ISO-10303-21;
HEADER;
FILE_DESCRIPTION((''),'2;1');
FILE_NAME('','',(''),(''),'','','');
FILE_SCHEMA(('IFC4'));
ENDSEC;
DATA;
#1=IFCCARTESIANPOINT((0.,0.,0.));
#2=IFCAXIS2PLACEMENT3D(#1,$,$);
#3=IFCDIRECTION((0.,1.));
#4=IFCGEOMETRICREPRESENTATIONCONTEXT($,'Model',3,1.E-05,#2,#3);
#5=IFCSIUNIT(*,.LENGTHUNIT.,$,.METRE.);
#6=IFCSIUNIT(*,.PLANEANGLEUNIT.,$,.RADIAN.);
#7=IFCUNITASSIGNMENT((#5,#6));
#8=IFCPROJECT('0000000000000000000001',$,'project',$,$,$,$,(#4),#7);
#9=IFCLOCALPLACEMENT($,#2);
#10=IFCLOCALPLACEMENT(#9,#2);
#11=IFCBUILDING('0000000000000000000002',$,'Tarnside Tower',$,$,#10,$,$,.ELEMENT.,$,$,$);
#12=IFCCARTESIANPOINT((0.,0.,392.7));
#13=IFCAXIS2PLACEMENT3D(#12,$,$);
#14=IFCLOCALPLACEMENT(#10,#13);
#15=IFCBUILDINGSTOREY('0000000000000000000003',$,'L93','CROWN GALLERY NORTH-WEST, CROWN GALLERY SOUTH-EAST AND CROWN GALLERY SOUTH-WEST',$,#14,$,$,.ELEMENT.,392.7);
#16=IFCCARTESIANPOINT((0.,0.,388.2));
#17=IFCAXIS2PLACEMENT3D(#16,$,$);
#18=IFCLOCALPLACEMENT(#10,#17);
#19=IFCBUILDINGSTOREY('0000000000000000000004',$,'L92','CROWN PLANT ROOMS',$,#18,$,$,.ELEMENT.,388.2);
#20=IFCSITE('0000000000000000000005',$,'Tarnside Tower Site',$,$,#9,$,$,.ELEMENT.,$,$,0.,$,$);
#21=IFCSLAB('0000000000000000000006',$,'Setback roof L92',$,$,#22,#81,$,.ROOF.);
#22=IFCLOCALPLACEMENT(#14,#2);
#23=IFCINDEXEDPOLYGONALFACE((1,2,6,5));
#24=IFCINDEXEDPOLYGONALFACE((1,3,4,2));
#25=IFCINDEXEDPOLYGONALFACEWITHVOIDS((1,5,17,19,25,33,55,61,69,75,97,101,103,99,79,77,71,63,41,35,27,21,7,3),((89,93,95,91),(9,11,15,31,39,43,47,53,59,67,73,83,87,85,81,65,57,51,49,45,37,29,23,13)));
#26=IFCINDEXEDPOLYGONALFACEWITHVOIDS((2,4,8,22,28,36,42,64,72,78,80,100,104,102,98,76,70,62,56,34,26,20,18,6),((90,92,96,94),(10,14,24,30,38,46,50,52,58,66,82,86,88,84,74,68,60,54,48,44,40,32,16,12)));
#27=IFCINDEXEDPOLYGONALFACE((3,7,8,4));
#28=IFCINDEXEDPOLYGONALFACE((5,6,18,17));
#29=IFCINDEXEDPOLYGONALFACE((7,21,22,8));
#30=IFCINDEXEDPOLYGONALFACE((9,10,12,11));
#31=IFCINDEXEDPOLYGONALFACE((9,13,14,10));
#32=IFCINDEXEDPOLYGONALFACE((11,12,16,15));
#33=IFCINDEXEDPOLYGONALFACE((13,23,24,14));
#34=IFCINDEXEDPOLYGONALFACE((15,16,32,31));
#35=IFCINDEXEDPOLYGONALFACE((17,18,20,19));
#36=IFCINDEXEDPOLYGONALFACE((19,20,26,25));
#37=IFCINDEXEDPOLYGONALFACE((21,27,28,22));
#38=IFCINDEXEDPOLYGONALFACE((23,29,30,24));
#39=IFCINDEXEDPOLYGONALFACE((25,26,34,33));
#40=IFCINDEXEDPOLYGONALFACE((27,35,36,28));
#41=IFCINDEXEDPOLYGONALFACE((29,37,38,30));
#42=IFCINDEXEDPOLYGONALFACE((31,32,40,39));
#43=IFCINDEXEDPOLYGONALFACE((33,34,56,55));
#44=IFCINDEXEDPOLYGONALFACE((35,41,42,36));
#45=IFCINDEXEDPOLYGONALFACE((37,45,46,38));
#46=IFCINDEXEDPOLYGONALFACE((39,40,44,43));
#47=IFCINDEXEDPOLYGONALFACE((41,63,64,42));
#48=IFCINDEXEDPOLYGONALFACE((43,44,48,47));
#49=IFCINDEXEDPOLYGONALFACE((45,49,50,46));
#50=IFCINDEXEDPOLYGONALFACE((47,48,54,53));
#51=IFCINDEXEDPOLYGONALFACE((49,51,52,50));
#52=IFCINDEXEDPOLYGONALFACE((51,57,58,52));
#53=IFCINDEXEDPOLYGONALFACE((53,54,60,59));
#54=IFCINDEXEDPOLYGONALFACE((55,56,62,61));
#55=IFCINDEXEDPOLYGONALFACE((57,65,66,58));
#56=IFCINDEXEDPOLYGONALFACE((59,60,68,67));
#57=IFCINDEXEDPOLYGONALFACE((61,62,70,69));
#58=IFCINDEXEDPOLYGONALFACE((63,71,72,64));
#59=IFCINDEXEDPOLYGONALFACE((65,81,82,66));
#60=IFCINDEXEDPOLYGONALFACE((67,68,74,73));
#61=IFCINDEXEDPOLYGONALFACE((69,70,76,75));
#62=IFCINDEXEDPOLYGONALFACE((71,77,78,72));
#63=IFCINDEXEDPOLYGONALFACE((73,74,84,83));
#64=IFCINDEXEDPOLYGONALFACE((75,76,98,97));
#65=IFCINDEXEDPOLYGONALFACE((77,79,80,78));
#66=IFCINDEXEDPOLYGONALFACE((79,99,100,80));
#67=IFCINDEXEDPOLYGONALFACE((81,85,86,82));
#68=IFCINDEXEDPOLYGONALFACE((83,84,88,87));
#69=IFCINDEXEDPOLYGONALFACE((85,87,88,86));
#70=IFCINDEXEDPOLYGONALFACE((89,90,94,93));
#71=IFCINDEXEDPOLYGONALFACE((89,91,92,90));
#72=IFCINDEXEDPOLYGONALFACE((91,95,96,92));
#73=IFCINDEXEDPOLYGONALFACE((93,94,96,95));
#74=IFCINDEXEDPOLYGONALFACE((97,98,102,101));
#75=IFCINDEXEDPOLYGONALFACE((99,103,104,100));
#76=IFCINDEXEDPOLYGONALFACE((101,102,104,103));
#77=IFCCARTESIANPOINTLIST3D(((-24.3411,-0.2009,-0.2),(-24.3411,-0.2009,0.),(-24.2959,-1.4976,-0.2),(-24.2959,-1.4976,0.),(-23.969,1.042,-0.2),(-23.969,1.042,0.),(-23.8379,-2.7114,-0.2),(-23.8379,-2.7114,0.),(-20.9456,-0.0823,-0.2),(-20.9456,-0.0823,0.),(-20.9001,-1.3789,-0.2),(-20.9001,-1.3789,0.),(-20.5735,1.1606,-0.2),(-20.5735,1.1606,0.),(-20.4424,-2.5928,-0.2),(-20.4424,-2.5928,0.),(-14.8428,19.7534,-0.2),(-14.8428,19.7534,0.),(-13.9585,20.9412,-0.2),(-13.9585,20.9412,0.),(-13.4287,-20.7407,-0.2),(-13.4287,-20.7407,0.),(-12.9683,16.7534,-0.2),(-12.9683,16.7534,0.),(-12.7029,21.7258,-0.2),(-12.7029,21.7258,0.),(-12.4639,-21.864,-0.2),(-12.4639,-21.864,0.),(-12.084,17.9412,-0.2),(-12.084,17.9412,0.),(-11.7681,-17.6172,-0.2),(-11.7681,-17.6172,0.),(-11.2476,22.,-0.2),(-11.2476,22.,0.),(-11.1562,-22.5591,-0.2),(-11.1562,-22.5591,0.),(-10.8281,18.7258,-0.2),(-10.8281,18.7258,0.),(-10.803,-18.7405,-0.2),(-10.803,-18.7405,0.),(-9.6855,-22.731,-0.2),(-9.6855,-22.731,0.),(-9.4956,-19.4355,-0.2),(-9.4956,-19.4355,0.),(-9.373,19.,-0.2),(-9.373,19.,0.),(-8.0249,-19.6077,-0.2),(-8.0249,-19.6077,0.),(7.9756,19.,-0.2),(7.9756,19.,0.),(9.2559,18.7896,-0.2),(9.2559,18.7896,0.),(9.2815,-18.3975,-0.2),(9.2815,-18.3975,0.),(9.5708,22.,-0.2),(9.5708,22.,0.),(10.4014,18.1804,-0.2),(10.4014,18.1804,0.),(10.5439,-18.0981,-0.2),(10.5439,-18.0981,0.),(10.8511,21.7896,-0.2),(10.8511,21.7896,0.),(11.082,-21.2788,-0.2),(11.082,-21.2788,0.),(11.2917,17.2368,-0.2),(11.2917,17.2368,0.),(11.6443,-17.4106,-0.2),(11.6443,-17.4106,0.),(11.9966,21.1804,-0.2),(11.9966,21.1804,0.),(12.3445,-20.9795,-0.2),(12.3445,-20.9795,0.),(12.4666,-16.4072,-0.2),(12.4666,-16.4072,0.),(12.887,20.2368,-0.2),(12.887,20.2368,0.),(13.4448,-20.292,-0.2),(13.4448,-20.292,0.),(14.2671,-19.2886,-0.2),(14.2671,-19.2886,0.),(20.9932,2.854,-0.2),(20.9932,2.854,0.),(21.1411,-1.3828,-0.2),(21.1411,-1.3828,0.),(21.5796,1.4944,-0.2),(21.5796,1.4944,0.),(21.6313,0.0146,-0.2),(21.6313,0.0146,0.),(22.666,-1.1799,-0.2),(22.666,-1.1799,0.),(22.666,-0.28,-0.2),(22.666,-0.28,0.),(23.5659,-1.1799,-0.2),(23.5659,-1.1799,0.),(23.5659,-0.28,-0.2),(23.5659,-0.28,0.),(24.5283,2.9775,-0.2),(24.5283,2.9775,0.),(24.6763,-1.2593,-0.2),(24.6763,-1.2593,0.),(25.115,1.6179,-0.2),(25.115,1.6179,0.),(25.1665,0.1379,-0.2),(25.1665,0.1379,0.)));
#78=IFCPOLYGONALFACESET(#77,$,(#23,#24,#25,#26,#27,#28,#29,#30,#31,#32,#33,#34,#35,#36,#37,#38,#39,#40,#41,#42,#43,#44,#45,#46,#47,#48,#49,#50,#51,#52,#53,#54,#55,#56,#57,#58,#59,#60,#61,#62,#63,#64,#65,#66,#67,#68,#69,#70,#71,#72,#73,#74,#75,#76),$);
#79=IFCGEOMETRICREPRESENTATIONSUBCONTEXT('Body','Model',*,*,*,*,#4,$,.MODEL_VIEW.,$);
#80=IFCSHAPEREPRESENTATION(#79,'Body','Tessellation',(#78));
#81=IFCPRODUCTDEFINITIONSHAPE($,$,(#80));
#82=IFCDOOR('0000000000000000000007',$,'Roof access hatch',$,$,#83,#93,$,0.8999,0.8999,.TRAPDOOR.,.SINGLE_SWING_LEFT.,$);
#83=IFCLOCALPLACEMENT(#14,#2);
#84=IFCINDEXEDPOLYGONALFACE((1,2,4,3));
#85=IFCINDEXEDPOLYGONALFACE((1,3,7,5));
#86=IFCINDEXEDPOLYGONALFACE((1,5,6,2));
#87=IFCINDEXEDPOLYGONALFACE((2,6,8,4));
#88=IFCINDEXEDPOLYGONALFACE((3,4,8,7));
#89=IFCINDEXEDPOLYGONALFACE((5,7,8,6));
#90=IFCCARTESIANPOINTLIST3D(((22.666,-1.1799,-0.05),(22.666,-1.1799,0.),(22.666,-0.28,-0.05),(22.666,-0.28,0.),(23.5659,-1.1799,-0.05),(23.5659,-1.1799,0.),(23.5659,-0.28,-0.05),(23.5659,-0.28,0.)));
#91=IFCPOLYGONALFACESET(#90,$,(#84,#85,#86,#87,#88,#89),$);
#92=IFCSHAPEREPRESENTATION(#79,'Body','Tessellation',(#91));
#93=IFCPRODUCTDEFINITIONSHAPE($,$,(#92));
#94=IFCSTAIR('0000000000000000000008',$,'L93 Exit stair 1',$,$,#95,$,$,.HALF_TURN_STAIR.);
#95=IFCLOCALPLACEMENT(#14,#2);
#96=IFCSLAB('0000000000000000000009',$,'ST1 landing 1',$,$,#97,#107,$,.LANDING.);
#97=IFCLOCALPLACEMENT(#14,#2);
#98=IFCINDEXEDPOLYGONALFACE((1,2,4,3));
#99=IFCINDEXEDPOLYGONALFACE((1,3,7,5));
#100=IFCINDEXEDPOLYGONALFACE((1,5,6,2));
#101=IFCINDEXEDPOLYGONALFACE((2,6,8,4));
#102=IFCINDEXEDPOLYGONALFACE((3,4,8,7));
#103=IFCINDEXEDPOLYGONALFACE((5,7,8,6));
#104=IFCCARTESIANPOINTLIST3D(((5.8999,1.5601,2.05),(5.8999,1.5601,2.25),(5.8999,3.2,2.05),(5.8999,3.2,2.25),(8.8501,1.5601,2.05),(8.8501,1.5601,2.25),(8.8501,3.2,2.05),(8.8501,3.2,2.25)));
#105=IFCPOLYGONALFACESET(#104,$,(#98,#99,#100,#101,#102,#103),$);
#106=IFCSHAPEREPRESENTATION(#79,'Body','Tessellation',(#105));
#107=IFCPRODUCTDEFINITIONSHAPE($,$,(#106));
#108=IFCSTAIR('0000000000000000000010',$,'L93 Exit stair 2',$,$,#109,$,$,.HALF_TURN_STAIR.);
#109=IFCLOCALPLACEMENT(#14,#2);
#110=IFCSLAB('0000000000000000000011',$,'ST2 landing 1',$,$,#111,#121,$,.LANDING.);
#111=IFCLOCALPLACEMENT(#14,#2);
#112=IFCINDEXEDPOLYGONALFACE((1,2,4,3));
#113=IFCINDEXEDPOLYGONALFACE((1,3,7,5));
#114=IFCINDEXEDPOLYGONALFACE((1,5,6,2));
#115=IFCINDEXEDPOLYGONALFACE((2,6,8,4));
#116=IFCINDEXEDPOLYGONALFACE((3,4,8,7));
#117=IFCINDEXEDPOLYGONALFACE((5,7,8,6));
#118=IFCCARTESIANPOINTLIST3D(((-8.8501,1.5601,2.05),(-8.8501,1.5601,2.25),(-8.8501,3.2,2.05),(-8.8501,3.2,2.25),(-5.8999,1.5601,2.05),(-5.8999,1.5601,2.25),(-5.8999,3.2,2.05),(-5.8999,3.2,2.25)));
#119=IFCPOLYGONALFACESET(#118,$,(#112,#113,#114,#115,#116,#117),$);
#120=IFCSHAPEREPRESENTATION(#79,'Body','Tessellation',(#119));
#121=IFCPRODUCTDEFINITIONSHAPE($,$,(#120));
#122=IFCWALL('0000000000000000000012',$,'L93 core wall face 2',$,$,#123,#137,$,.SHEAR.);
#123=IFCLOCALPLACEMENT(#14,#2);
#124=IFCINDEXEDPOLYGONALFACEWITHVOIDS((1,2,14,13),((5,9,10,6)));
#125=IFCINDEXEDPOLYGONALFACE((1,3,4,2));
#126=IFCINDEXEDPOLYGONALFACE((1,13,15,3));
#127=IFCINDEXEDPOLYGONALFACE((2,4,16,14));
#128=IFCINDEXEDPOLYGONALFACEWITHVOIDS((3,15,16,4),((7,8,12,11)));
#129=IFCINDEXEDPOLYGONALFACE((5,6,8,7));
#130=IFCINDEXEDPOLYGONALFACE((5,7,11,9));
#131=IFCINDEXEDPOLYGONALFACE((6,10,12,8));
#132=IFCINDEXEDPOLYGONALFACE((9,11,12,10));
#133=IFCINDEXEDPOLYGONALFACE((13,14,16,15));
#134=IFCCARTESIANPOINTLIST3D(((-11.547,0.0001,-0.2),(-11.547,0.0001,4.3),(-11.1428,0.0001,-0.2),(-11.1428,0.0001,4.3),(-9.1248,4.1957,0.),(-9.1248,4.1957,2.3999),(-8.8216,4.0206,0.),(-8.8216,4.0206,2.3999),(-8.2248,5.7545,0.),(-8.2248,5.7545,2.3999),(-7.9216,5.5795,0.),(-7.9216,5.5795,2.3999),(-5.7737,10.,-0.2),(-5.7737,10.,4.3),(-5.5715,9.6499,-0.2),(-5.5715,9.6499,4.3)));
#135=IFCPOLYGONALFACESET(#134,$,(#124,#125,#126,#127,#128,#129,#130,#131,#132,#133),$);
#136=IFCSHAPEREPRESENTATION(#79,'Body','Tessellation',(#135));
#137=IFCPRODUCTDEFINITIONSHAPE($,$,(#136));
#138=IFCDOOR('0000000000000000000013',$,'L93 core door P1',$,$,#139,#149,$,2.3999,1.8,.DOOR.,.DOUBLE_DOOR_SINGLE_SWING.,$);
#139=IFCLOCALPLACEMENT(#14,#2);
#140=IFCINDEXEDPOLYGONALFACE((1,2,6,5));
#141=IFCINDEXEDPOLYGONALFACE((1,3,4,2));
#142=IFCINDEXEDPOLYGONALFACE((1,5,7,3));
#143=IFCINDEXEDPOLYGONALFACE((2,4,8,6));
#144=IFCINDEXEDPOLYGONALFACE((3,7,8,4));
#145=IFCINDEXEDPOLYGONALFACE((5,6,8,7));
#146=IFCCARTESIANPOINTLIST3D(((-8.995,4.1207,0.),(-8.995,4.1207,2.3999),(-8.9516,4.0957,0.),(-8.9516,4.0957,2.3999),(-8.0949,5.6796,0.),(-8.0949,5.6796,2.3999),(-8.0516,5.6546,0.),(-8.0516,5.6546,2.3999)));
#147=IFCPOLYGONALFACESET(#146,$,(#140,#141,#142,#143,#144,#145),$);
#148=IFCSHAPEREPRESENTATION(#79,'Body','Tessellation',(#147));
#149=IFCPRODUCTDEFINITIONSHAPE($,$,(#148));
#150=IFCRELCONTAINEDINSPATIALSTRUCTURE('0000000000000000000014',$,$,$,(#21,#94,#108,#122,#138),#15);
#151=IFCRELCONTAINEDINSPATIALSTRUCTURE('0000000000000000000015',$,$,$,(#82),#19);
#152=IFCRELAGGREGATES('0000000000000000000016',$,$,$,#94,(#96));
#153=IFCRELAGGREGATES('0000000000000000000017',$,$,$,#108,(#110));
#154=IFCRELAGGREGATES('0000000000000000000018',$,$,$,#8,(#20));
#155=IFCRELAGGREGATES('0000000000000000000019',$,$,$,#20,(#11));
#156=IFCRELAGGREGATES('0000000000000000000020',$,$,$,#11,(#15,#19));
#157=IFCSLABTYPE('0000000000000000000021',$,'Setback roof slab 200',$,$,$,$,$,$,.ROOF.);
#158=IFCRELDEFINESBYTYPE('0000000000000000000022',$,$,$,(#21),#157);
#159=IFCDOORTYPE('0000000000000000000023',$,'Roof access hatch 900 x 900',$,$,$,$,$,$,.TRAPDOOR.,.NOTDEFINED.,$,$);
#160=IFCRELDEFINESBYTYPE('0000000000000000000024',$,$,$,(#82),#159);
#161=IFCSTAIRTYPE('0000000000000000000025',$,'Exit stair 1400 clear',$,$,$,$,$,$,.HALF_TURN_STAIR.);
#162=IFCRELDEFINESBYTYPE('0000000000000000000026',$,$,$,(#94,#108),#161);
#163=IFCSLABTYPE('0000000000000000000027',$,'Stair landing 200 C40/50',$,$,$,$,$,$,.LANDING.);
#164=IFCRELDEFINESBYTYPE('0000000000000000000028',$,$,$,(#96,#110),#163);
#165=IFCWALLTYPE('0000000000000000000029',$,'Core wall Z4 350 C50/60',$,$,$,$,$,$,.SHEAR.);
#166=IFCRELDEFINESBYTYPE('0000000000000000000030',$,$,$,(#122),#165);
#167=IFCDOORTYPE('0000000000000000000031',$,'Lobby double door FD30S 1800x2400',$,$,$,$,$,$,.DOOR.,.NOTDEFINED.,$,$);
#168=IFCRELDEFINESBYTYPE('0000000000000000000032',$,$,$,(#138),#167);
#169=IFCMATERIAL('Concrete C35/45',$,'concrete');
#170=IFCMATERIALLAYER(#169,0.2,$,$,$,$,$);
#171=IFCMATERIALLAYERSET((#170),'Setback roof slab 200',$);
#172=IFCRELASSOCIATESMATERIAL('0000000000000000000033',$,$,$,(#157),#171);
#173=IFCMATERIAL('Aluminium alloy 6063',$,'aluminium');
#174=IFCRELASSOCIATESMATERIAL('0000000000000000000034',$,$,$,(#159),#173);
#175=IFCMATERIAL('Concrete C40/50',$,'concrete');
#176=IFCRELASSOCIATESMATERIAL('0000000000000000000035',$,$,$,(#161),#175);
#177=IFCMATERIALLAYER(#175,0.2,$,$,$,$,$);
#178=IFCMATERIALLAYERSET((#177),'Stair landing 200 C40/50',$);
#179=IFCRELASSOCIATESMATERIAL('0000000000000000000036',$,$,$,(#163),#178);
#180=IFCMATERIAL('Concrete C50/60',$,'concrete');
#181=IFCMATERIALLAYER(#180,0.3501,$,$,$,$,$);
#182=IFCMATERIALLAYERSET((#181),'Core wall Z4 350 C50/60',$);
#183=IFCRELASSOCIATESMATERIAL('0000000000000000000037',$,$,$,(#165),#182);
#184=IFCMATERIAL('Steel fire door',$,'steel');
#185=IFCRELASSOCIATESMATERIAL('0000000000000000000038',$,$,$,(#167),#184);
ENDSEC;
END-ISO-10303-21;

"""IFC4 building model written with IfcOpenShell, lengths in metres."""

from ifc_helpers import new_model, si_unit, direction, frame, frame_2d, origin, origin_2d, place, context, subcontext, project, spatial, polyline, rectangle, outline, extrude, material, layer, layer_set, type_object, element, fill, aggregate, save


model = new_model("IFC4")

# Units and contexts
model_context = context("Model", 3, precision=1e-05, world=origin(), true_north=direction((0.0, 1.0)))
body_context = subcontext(model_context, "Body", "Model", "MODEL_VIEW")
ifc_project = project(units=[si_unit("LENGTHUNIT", "METRE"), si_unit("PLANEANGLEUNIT", "RADIAN")], contexts=[model_context])

# Site, building, storey
site_placement = place(None, origin())
site = spatial("IfcSite", under=ifc_project, at=site_placement, Name="Tarnside Tower Site", CompositionType="ELEMENT", RefElevation=0.0)
building_placement = place(site_placement, origin())
building = spatial("IfcBuilding", under=site, at=building_placement, Name="Tarnside Tower", CompositionType="ELEMENT")
storey_1_placement = place(building_placement, frame((0.0, 0.0, 392.7)))
storey_1 = spatial("IfcBuildingStorey", under=building, at=storey_1_placement, Name="L93", Description="CROWN GALLERY NORTH-WEST, CROWN GALLERY SOUTH-EAST AND CROWN GALLERY SOUTH-WEST", CompositionType="ELEMENT", Elevation=392.7)

# Shared definitions
ifc_material_1 = material(Name="Concrete C35/45", Category="concrete")
ifc_material_2 = material(Name="Concrete C40/50", Category="concrete")

# Slab, opening
ifc_layer_1 = layer(ifc_material_1, 0.2)
ifc_layer_set_1 = layer_set([ifc_layer_1], Name="Setback roof slab 200")
slab_type_1 = type_object("IfcSlabType", Name="Setback roof slab 200", PredefinedType="ROOF", material=ifc_layer_set_1)
slab_1_placement = place(storey_1_placement, frame((0.0, 0.0, -0.2)))
slab_1 = element("IfcSlab", 1, at=slab_1_placement, inside=storey_1, type_object=slab_type_1, Name="Setback roof L92", PredefinedType="ROOF", context=body_context, shape_type="SweptSolid", body=[
    extrude(outline(polyline([(10.8511, 21.7896), (11.9966, 21.1804), (12.887, 20.2368), (24.5283, 2.9775), (25.115, 1.6179), (25.1665, 0.1379), (24.6763, -1.2593), (14.2671, -19.2886), (13.4448, -20.292), (12.3445, -20.9795), (11.082, -21.2788), (-9.6855, -22.731), (-11.1562, -22.5591), (-12.4639, -21.864), (-13.4287, -20.7407), (-23.8379, -2.7114), (-24.2959, -1.4976), (-24.3411, -0.2009), (-23.969, 1.042), (-14.8428, 19.7534), (-13.9585, 20.9412), (-12.7029, 21.7258), (-11.2476, 22.0), (9.5708, 22.0), (10.8511, 21.7896)]), holes=[polyline([(7.9756, 19.0), (-9.373, 19.0), (-10.8281, 18.7258), (-12.084, 17.9412), (-12.9683, 16.7534), (-20.5735, 1.1606), (-20.9456, -0.0823), (-20.9001, -1.3789), (-20.4424, -2.5928), (-11.7681, -17.6172), (-10.803, -18.7405), (-9.4956, -19.4355), (-8.0249, -19.6077), (9.2815, -18.3975), (10.5439, -18.0981), (11.6443, -17.4106), (12.4666, -16.4072), (21.1411, -1.3828), (21.6313, 0.0146), (21.5796, 1.4944), (20.9932, 2.854), (11.2917, 17.2368), (10.4014, 18.1804), (9.2559, 18.7896), (7.9756, 19.0)])]), origin(), (0.0, 0.0, 1.0), 0.2),
])
opening_1_placement = place(slab_1_placement, frame((23.116, -0.73, 0.0)))
opening_1 = element("IfcOpeningElement", 2, at=opening_1_placement, cuts=slab_1, PredefinedType="OPENING", context=body_context, shape_type="SweptSolid", body=[
    extrude(rectangle(XDim=0.8999, YDim=0.8999, at=origin_2d()), origin(), (0.0, 0.0, 1.0), 0.2),
])

# Shared definitions
storey_2_placement = place(building_placement, frame((0.0, 0.0, 388.2)))
storey_2 = spatial("IfcBuildingStorey", under=building, at=storey_2_placement, Name="L92", Description="CROWN PLANT ROOMS", CompositionType="ELEMENT", Elevation=388.2)

# Door
ifc_material_3 = material(Name="Aluminium alloy 6063", Category="aluminium")
door_type_1 = type_object("IfcDoorType", Name="Roof access hatch 900 x 900", OperationType="NOTDEFINED", PredefinedType="TRAPDOOR", material=ifc_material_3)
door_1_placement = place(opening_1_placement, frame((0.0, 0.0, 0.1499)))
door_1 = element("IfcDoor", 3, at=door_1_placement, inside=storey_2, type_object=door_type_1, Name="Roof access hatch", OperationType="SINGLE_SWING_LEFT", OverallHeight=0.8999, OverallWidth=0.8999, PredefinedType="TRAPDOOR", context=body_context, shape_type="SweptSolid", body=[
    extrude(rectangle(XDim=0.8999, YDim=0.8999, at=origin_2d()), origin(), (0.0, 0.0, 1.0), 0.05),
])
fill(opening_1, door_1)

# Stairs, slabs
stair_type = type_object("IfcStairType", Name="Exit stair 1400 clear", PredefinedType="HALF_TURN_STAIR", material=ifc_material_2)
stair_1_placement = place(storey_1_placement, origin())
stair_1 = element("IfcStair", 4, at=stair_1_placement, inside=storey_1, type_object=stair_type, Name="L93 Exit stair 1", PredefinedType="HALF_TURN_STAIR")
ifc_layer_2 = layer(ifc_material_2, 0.2)
ifc_layer_set_2 = layer_set([ifc_layer_2], Name="Stair landing 200 C40/50")
slab_type_2 = type_object("IfcSlabType", Name="Stair landing 200 C40/50", PredefinedType="LANDING", material=ifc_layer_set_2)
slab_2_placement = place(storey_1_placement, frame((0.0, 0.0, 2.05)))
slab_2 = element("IfcSlab", 5, at=slab_2_placement, type_object=slab_type_2, Name="ST1 landing 1", PredefinedType="LANDING", context=body_context, shape_type="SweptSolid", body=[
    extrude(outline(polyline([(8.8501, 1.5601), (8.8501, 3.2), (5.8999, 3.2), (5.8999, 1.5601), (8.8501, 1.5601)])), origin(), (0.0, 0.0, 1.0), 0.2),
])
aggregate(stair_1, [slab_2])
stair_2_placement = place(storey_1_placement, origin())
stair_2 = element("IfcStair", 6, at=stair_2_placement, inside=storey_1, type_object=stair_type, Name="L93 Exit stair 2", PredefinedType="HALF_TURN_STAIR")
slab_3_placement = place(storey_1_placement, frame((0.0, 0.0, 2.05)))
slab_3 = element("IfcSlab", 7, at=slab_3_placement, type_object=slab_type_2, Name="ST2 landing 1", PredefinedType="LANDING", context=body_context, shape_type="SweptSolid", body=[
    extrude(outline(polyline([(-5.8999, 1.5601), (-5.8999, 3.2), (-8.8501, 3.2), (-8.8501, 1.5601), (-5.8999, 1.5601)])), origin(), (0.0, 0.0, 1.0), 0.2),
])

# Wall, opening, door
ifc_material_4 = material(Name="Concrete C50/60", Category="concrete")
ifc_layer_3 = layer(ifc_material_4, 0.3501)
ifc_layer_set_3 = layer_set([ifc_layer_3], Name="Core wall Z4 350 C50/60")
wall_type_1 = type_object("IfcWallType", Name="Core wall Z4 350 C50/60", PredefinedType="SHEAR", material=ifc_layer_set_3)
wall_1_placement = place(storey_1_placement, frame((-5.6726, 9.825, -0.2), z_axis=(0.0, 0.0, 1.0), x_axis=(-0.499995, -0.866028, 0.0)))
wall_1 = element("IfcWall", 8, at=wall_1_placement, inside=storey_1, type_object=wall_type_1, Name="L93 core wall face 2", PredefinedType="SHEAR", context=body_context, shape_type="SweptSolid", body=[
    extrude(outline(polyline([(-0.1011, -0.175), (11.4458, -0.175), (11.2437, 0.175), (0.1011, 0.175), (-0.1011, -0.175)])), origin(), (0.0, 0.0, 1.0), 4.5),
])
opening_2_placement = place(wall_1_placement, frame((4.8013, 0.0, 0.2)))
opening_2 = element("IfcOpeningElement", 9, at=opening_2_placement, cuts=wall_1, PredefinedType="OPENING", context=body_context, shape_type="SweptSolid", body=[
    extrude(rectangle(XDim=1.8, YDim=2.3999, at=frame_2d((0.8999, 1.2))), frame((0.0, 0.1851, 0.0), z_axis=(0.0, -1.0, 0.0), x_axis=(1.0, 0.0, 0.0)), (0.0, 0.0, 1.0), 0.3701),
])
ifc_material_5 = material(Name="Steel fire door", Category="steel")
door_type_2 = type_object("IfcDoorType", Name="Lobby double door FD30S 1800x2400", OperationType="NOTDEFINED", PredefinedType="DOOR", material=ifc_material_5)
door_2_placement = place(opening_2_placement, origin())
door_2 = element("IfcDoor", 10, at=door_2_placement, inside=storey_1, type_object=door_type_2, Name="L93 core door P1", OperationType="DOUBLE_DOOR_SINGLE_SWING", OverallHeight=2.3999, OverallWidth=1.8, PredefinedType="DOOR", context=body_context, shape_type="SweptSolid", body=[
    extrude(rectangle(XDim=1.8, YDim=2.3999, at=frame_2d((0.8999, 1.2))), frame((0.0, 0.0249, 0.0), z_axis=(0.0, -1.0, 0.0), x_axis=(1.0, 0.0, 0.0)), (0.0, 0.0, 1.0), 0.05),
])
fill(opening_2, door_2)

aggregate(stair_2, [slab_3])

save(model, "model.ifc")
